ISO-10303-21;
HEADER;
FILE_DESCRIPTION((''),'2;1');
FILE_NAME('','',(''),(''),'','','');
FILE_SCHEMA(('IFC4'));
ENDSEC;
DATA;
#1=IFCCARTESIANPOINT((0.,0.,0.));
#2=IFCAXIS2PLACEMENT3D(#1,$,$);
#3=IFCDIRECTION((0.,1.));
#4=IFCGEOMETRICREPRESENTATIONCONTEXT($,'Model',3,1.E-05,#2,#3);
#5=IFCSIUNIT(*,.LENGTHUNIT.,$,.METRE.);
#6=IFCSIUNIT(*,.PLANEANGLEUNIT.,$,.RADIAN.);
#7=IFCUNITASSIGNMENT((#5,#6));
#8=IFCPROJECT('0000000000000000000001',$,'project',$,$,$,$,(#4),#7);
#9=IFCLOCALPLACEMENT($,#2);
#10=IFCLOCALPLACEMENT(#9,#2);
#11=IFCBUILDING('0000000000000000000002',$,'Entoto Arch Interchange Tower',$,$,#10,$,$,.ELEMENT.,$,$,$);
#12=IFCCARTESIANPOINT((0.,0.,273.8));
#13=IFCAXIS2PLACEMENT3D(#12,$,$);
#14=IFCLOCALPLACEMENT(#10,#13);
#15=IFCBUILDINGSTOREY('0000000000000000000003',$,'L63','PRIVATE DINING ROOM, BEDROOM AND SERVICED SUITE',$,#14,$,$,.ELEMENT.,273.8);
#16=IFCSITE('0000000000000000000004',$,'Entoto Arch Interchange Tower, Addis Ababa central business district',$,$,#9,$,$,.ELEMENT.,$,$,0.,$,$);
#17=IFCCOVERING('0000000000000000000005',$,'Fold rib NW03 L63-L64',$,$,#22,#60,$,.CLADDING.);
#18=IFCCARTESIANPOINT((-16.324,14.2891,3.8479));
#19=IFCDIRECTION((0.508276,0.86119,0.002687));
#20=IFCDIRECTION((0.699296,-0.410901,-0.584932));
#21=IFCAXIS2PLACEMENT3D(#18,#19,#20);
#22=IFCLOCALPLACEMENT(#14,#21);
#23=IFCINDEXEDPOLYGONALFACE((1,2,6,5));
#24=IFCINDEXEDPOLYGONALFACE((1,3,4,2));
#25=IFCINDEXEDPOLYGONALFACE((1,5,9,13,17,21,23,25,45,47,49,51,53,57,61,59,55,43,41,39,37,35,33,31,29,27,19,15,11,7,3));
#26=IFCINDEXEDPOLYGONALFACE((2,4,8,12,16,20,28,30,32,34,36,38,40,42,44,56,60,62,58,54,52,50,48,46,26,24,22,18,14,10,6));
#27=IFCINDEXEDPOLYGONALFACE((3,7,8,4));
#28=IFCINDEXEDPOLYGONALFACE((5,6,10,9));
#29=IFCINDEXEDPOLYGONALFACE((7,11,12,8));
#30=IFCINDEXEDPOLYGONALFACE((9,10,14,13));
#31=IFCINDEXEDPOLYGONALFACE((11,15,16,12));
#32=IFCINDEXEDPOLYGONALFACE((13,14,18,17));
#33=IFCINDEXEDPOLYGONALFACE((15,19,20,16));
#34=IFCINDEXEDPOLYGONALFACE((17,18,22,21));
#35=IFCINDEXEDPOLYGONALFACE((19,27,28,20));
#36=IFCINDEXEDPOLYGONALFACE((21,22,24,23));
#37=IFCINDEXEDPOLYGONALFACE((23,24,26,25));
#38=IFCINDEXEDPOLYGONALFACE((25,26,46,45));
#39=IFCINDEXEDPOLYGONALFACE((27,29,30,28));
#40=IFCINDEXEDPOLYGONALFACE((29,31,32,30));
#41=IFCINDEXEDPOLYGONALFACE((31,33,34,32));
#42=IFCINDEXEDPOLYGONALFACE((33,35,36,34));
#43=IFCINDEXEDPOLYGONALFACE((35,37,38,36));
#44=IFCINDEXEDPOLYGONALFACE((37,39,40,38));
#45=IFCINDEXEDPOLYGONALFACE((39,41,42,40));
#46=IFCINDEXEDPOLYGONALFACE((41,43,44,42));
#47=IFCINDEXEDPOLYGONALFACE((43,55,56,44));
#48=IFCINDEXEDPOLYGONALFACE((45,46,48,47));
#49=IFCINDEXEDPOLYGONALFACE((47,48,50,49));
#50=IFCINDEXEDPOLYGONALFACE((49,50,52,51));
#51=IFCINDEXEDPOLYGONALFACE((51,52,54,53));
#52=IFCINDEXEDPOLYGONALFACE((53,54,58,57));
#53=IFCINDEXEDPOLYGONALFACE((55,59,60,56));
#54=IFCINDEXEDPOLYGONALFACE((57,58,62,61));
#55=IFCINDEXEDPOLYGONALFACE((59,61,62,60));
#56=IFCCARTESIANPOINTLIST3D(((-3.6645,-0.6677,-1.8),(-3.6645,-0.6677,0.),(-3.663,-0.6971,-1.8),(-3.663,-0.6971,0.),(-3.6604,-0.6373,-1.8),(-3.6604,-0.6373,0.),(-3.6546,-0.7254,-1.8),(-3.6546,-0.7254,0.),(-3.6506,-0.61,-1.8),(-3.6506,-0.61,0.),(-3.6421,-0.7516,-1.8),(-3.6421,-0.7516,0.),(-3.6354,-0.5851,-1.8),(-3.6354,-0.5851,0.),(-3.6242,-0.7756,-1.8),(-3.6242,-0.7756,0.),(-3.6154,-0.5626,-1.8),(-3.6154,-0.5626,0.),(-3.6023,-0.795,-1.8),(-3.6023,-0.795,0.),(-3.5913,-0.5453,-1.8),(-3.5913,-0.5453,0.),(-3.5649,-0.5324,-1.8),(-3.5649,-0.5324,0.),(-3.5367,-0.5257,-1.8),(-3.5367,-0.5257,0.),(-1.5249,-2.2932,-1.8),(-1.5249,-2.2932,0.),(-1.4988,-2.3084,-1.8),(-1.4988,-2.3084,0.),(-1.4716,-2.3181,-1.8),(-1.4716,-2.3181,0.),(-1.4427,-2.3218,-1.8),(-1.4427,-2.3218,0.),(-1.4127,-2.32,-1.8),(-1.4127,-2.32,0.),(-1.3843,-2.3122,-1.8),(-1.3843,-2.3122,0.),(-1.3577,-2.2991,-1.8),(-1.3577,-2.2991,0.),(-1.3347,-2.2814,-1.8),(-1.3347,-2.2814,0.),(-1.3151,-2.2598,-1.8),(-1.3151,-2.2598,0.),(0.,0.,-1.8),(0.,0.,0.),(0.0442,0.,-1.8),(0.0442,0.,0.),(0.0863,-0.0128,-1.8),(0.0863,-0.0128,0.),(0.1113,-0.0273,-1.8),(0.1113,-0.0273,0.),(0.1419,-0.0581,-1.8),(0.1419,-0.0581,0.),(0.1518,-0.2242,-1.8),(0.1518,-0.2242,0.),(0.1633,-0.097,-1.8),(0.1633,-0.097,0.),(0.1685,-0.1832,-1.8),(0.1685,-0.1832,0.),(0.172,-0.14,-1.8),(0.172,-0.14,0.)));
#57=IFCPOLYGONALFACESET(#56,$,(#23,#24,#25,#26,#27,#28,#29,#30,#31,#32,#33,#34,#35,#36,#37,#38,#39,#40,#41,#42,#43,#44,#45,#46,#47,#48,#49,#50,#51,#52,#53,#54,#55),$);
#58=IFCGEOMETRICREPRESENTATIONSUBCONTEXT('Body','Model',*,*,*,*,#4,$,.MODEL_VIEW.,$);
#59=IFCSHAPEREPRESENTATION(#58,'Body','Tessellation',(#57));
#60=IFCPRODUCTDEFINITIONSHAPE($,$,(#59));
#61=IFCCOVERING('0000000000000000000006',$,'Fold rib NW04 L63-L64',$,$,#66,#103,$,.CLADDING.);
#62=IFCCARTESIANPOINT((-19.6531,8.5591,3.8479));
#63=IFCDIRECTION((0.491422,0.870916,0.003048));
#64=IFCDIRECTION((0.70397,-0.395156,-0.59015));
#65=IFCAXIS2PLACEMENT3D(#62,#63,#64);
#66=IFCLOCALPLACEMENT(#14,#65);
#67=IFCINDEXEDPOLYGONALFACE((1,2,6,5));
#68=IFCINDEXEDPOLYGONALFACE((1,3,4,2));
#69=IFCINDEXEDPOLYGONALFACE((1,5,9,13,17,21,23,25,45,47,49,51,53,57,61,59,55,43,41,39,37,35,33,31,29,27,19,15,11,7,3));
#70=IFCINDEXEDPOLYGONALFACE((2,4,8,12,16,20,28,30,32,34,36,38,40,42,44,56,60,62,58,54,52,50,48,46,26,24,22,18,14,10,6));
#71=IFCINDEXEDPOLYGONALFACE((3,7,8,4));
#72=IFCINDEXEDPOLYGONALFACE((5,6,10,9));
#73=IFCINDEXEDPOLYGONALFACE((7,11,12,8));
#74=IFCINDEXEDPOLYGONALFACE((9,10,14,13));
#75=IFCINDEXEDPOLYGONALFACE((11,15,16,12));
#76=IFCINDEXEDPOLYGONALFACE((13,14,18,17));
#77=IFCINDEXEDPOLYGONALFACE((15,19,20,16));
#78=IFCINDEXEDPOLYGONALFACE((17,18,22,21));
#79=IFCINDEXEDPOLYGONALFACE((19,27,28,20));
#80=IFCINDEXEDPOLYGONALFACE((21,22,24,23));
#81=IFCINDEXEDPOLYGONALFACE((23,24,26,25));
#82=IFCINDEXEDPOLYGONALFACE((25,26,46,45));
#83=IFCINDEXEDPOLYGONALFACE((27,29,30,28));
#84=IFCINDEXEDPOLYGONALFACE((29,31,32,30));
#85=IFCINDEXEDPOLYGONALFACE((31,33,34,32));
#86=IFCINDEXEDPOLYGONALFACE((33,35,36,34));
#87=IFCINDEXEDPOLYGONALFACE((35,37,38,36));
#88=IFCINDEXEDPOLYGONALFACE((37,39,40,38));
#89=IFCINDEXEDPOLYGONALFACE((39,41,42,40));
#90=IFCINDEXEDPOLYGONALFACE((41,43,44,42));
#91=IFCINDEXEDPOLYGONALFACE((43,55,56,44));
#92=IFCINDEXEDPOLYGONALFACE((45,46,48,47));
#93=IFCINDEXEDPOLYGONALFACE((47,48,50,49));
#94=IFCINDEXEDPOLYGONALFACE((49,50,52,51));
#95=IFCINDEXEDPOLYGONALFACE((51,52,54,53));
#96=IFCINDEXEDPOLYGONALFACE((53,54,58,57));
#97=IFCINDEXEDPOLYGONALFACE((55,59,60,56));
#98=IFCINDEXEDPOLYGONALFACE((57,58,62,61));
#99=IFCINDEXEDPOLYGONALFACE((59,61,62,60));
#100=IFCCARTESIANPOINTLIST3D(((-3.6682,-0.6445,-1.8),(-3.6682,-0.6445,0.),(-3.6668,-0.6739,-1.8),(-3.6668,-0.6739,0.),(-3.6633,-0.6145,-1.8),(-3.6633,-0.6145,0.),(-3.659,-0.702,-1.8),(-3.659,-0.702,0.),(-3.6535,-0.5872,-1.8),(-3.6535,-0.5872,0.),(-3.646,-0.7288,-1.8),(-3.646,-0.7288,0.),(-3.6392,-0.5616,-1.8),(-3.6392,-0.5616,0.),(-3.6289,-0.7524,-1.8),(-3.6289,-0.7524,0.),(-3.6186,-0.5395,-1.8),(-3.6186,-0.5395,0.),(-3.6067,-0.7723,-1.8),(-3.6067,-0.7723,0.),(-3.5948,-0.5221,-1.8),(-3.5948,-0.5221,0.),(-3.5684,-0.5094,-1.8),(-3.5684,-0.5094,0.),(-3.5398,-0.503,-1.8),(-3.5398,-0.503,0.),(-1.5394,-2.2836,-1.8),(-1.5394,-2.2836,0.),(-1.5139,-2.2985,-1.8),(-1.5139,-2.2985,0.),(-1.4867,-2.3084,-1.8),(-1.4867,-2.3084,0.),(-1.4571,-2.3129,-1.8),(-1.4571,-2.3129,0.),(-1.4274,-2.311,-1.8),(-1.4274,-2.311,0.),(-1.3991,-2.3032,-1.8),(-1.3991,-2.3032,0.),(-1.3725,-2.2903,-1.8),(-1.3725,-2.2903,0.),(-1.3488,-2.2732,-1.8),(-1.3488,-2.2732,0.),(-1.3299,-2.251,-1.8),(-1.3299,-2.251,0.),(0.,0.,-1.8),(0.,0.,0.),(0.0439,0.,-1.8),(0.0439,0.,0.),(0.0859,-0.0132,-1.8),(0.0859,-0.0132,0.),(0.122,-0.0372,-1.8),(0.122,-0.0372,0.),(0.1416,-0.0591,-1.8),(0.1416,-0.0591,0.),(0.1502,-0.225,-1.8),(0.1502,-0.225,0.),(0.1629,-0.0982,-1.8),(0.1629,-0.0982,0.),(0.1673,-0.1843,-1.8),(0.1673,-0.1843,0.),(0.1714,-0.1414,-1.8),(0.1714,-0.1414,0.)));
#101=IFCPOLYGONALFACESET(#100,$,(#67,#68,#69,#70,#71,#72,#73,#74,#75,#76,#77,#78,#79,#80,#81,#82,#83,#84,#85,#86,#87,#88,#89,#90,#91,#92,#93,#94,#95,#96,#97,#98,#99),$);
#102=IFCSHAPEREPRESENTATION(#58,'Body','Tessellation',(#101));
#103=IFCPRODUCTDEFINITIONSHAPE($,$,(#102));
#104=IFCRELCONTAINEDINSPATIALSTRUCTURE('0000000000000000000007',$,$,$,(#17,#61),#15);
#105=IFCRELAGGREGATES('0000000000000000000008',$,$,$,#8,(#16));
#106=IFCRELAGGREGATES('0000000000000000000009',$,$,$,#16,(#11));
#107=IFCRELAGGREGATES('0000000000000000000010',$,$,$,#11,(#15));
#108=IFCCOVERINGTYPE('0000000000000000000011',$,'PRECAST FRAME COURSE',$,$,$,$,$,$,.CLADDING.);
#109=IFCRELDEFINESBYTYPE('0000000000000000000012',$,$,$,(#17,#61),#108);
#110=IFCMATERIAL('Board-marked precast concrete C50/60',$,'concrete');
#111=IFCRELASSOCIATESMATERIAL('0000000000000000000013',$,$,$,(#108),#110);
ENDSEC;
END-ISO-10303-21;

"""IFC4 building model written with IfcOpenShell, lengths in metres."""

from ifc_helpers import new_model, si_unit, direction, frame, origin, place, context, subcontext, project, spatial, polyline, outline, extrude, material, type_object, element, save


model = new_model("IFC4")

# Units and contexts
model_context = context("Model", 3, precision=1e-05, world=origin(), true_north=direction((0.0, 1.0)))
body_context = subcontext(model_context, "Body", "Model", "MODEL_VIEW")
ifc_project = project(units=[si_unit("LENGTHUNIT", "METRE"), si_unit("PLANEANGLEUNIT", "RADIAN")], contexts=[model_context])

# Site, building, storey
site_placement = place(None, origin())
site = spatial("IfcSite", under=ifc_project, at=site_placement, Name="Entoto Arch Interchange Tower, Addis Ababa central business district", CompositionType="ELEMENT", RefElevation=0.0)
building_placement = place(site_placement, origin())
building = spatial("IfcBuilding", under=site, at=building_placement, Name="Entoto Arch Interchange Tower", CompositionType="ELEMENT")
storey_placement = place(building_placement, frame((0.0, 0.0, 273.8)))
storey = spatial("IfcBuildingStorey", under=building, at=storey_placement, Name="L63", Description="PRIVATE DINING ROOM, BEDROOM AND SERVICED SUITE", CompositionType="ELEMENT", Elevation=273.8)

# Coverings
ifc_material_1 = material(Name="Board-marked precast concrete C50/60", Category="concrete")
covering_type = type_object("IfcCoveringType", Name="PRECAST FRAME COURSE", PredefinedType="CLADDING", material=ifc_material_1)
covering_1_placement = place(storey_placement, frame((-16.324, 14.2891, 3.8479), z_axis=(0.508276, 0.86119, 0.002687), x_axis=(0.699296, -0.410901, -0.584932)))
element("IfcCovering", 1, at=covering_1_placement, inside=storey, type_object=covering_type, Name="Fold rib NW03 L63-L64", PredefinedType="CLADDING", context=body_context, shape_type="SweptSolid", body=[
    extrude(outline(polyline([(0.0, 0.0), (0.0442, 0.0), (0.0863, -0.0128), (0.1113, -0.0273), (0.1419, -0.0581), (0.1633, -0.097), (0.172, -0.14), (0.1685, -0.1832), (0.1518, -0.2242), (-1.3151, -2.2598), (-1.3347, -2.2814), (-1.3577, -2.2991), (-1.3843, -2.3122), (-1.4127, -2.32), (-1.4427, -2.3218), (-1.4716, -2.3181), (-1.4988, -2.3084), (-1.5249, -2.2932), (-3.6023, -0.795), (-3.6242, -0.7756), (-3.6421, -0.7516), (-3.6546, -0.7254), (-3.663, -0.6971), (-3.6645, -0.6677), (-3.6604, -0.6373), (-3.6506, -0.61), (-3.6354, -0.5851), (-3.6154, -0.5626), (-3.5913, -0.5453), (-3.5649, -0.5324), (-3.5367, -0.5257), (0.0, 0.0)])), origin(), (0.0, 0.0, -1.0), 1.8),
])
covering_2_placement = place(storey_placement, frame((-19.6531, 8.5591, 3.8479), z_axis=(0.491422, 0.870916, 0.003048), x_axis=(0.70397, -0.395156, -0.59015)))
element("IfcCovering", 2, at=covering_2_placement, inside=storey, type_object=covering_type, Name="Fold rib NW04 L63-L64", PredefinedType="CLADDING", context=body_context, shape_type="SweptSolid", body=[
    extrude(outline(polyline([(0.0, 0.0), (0.0439, 0.0), (0.0859, -0.0132), (0.122, -0.0372), (0.1416, -0.0591), (0.1629, -0.0982), (0.1714, -0.1414), (0.1673, -0.1843), (0.1502, -0.225), (-1.3299, -2.251), (-1.3488, -2.2732), (-1.3725, -2.2903), (-1.3991, -2.3032), (-1.4274, -2.311), (-1.4571, -2.3129), (-1.4867, -2.3084), (-1.5139, -2.2985), (-1.5394, -2.2836), (-3.6067, -0.7723), (-3.6289, -0.7524), (-3.646, -0.7288), (-3.659, -0.702), (-3.6668, -0.6739), (-3.6682, -0.6445), (-3.6633, -0.6145), (-3.6535, -0.5872), (-3.6392, -0.5616), (-3.6186, -0.5395), (-3.5948, -0.5221), (-3.5684, -0.5094), (-3.5398, -0.503), (0.0, 0.0)])), origin(), (0.0, 0.0, -1.0), 1.8),
])

save(model, "model.ifc")
